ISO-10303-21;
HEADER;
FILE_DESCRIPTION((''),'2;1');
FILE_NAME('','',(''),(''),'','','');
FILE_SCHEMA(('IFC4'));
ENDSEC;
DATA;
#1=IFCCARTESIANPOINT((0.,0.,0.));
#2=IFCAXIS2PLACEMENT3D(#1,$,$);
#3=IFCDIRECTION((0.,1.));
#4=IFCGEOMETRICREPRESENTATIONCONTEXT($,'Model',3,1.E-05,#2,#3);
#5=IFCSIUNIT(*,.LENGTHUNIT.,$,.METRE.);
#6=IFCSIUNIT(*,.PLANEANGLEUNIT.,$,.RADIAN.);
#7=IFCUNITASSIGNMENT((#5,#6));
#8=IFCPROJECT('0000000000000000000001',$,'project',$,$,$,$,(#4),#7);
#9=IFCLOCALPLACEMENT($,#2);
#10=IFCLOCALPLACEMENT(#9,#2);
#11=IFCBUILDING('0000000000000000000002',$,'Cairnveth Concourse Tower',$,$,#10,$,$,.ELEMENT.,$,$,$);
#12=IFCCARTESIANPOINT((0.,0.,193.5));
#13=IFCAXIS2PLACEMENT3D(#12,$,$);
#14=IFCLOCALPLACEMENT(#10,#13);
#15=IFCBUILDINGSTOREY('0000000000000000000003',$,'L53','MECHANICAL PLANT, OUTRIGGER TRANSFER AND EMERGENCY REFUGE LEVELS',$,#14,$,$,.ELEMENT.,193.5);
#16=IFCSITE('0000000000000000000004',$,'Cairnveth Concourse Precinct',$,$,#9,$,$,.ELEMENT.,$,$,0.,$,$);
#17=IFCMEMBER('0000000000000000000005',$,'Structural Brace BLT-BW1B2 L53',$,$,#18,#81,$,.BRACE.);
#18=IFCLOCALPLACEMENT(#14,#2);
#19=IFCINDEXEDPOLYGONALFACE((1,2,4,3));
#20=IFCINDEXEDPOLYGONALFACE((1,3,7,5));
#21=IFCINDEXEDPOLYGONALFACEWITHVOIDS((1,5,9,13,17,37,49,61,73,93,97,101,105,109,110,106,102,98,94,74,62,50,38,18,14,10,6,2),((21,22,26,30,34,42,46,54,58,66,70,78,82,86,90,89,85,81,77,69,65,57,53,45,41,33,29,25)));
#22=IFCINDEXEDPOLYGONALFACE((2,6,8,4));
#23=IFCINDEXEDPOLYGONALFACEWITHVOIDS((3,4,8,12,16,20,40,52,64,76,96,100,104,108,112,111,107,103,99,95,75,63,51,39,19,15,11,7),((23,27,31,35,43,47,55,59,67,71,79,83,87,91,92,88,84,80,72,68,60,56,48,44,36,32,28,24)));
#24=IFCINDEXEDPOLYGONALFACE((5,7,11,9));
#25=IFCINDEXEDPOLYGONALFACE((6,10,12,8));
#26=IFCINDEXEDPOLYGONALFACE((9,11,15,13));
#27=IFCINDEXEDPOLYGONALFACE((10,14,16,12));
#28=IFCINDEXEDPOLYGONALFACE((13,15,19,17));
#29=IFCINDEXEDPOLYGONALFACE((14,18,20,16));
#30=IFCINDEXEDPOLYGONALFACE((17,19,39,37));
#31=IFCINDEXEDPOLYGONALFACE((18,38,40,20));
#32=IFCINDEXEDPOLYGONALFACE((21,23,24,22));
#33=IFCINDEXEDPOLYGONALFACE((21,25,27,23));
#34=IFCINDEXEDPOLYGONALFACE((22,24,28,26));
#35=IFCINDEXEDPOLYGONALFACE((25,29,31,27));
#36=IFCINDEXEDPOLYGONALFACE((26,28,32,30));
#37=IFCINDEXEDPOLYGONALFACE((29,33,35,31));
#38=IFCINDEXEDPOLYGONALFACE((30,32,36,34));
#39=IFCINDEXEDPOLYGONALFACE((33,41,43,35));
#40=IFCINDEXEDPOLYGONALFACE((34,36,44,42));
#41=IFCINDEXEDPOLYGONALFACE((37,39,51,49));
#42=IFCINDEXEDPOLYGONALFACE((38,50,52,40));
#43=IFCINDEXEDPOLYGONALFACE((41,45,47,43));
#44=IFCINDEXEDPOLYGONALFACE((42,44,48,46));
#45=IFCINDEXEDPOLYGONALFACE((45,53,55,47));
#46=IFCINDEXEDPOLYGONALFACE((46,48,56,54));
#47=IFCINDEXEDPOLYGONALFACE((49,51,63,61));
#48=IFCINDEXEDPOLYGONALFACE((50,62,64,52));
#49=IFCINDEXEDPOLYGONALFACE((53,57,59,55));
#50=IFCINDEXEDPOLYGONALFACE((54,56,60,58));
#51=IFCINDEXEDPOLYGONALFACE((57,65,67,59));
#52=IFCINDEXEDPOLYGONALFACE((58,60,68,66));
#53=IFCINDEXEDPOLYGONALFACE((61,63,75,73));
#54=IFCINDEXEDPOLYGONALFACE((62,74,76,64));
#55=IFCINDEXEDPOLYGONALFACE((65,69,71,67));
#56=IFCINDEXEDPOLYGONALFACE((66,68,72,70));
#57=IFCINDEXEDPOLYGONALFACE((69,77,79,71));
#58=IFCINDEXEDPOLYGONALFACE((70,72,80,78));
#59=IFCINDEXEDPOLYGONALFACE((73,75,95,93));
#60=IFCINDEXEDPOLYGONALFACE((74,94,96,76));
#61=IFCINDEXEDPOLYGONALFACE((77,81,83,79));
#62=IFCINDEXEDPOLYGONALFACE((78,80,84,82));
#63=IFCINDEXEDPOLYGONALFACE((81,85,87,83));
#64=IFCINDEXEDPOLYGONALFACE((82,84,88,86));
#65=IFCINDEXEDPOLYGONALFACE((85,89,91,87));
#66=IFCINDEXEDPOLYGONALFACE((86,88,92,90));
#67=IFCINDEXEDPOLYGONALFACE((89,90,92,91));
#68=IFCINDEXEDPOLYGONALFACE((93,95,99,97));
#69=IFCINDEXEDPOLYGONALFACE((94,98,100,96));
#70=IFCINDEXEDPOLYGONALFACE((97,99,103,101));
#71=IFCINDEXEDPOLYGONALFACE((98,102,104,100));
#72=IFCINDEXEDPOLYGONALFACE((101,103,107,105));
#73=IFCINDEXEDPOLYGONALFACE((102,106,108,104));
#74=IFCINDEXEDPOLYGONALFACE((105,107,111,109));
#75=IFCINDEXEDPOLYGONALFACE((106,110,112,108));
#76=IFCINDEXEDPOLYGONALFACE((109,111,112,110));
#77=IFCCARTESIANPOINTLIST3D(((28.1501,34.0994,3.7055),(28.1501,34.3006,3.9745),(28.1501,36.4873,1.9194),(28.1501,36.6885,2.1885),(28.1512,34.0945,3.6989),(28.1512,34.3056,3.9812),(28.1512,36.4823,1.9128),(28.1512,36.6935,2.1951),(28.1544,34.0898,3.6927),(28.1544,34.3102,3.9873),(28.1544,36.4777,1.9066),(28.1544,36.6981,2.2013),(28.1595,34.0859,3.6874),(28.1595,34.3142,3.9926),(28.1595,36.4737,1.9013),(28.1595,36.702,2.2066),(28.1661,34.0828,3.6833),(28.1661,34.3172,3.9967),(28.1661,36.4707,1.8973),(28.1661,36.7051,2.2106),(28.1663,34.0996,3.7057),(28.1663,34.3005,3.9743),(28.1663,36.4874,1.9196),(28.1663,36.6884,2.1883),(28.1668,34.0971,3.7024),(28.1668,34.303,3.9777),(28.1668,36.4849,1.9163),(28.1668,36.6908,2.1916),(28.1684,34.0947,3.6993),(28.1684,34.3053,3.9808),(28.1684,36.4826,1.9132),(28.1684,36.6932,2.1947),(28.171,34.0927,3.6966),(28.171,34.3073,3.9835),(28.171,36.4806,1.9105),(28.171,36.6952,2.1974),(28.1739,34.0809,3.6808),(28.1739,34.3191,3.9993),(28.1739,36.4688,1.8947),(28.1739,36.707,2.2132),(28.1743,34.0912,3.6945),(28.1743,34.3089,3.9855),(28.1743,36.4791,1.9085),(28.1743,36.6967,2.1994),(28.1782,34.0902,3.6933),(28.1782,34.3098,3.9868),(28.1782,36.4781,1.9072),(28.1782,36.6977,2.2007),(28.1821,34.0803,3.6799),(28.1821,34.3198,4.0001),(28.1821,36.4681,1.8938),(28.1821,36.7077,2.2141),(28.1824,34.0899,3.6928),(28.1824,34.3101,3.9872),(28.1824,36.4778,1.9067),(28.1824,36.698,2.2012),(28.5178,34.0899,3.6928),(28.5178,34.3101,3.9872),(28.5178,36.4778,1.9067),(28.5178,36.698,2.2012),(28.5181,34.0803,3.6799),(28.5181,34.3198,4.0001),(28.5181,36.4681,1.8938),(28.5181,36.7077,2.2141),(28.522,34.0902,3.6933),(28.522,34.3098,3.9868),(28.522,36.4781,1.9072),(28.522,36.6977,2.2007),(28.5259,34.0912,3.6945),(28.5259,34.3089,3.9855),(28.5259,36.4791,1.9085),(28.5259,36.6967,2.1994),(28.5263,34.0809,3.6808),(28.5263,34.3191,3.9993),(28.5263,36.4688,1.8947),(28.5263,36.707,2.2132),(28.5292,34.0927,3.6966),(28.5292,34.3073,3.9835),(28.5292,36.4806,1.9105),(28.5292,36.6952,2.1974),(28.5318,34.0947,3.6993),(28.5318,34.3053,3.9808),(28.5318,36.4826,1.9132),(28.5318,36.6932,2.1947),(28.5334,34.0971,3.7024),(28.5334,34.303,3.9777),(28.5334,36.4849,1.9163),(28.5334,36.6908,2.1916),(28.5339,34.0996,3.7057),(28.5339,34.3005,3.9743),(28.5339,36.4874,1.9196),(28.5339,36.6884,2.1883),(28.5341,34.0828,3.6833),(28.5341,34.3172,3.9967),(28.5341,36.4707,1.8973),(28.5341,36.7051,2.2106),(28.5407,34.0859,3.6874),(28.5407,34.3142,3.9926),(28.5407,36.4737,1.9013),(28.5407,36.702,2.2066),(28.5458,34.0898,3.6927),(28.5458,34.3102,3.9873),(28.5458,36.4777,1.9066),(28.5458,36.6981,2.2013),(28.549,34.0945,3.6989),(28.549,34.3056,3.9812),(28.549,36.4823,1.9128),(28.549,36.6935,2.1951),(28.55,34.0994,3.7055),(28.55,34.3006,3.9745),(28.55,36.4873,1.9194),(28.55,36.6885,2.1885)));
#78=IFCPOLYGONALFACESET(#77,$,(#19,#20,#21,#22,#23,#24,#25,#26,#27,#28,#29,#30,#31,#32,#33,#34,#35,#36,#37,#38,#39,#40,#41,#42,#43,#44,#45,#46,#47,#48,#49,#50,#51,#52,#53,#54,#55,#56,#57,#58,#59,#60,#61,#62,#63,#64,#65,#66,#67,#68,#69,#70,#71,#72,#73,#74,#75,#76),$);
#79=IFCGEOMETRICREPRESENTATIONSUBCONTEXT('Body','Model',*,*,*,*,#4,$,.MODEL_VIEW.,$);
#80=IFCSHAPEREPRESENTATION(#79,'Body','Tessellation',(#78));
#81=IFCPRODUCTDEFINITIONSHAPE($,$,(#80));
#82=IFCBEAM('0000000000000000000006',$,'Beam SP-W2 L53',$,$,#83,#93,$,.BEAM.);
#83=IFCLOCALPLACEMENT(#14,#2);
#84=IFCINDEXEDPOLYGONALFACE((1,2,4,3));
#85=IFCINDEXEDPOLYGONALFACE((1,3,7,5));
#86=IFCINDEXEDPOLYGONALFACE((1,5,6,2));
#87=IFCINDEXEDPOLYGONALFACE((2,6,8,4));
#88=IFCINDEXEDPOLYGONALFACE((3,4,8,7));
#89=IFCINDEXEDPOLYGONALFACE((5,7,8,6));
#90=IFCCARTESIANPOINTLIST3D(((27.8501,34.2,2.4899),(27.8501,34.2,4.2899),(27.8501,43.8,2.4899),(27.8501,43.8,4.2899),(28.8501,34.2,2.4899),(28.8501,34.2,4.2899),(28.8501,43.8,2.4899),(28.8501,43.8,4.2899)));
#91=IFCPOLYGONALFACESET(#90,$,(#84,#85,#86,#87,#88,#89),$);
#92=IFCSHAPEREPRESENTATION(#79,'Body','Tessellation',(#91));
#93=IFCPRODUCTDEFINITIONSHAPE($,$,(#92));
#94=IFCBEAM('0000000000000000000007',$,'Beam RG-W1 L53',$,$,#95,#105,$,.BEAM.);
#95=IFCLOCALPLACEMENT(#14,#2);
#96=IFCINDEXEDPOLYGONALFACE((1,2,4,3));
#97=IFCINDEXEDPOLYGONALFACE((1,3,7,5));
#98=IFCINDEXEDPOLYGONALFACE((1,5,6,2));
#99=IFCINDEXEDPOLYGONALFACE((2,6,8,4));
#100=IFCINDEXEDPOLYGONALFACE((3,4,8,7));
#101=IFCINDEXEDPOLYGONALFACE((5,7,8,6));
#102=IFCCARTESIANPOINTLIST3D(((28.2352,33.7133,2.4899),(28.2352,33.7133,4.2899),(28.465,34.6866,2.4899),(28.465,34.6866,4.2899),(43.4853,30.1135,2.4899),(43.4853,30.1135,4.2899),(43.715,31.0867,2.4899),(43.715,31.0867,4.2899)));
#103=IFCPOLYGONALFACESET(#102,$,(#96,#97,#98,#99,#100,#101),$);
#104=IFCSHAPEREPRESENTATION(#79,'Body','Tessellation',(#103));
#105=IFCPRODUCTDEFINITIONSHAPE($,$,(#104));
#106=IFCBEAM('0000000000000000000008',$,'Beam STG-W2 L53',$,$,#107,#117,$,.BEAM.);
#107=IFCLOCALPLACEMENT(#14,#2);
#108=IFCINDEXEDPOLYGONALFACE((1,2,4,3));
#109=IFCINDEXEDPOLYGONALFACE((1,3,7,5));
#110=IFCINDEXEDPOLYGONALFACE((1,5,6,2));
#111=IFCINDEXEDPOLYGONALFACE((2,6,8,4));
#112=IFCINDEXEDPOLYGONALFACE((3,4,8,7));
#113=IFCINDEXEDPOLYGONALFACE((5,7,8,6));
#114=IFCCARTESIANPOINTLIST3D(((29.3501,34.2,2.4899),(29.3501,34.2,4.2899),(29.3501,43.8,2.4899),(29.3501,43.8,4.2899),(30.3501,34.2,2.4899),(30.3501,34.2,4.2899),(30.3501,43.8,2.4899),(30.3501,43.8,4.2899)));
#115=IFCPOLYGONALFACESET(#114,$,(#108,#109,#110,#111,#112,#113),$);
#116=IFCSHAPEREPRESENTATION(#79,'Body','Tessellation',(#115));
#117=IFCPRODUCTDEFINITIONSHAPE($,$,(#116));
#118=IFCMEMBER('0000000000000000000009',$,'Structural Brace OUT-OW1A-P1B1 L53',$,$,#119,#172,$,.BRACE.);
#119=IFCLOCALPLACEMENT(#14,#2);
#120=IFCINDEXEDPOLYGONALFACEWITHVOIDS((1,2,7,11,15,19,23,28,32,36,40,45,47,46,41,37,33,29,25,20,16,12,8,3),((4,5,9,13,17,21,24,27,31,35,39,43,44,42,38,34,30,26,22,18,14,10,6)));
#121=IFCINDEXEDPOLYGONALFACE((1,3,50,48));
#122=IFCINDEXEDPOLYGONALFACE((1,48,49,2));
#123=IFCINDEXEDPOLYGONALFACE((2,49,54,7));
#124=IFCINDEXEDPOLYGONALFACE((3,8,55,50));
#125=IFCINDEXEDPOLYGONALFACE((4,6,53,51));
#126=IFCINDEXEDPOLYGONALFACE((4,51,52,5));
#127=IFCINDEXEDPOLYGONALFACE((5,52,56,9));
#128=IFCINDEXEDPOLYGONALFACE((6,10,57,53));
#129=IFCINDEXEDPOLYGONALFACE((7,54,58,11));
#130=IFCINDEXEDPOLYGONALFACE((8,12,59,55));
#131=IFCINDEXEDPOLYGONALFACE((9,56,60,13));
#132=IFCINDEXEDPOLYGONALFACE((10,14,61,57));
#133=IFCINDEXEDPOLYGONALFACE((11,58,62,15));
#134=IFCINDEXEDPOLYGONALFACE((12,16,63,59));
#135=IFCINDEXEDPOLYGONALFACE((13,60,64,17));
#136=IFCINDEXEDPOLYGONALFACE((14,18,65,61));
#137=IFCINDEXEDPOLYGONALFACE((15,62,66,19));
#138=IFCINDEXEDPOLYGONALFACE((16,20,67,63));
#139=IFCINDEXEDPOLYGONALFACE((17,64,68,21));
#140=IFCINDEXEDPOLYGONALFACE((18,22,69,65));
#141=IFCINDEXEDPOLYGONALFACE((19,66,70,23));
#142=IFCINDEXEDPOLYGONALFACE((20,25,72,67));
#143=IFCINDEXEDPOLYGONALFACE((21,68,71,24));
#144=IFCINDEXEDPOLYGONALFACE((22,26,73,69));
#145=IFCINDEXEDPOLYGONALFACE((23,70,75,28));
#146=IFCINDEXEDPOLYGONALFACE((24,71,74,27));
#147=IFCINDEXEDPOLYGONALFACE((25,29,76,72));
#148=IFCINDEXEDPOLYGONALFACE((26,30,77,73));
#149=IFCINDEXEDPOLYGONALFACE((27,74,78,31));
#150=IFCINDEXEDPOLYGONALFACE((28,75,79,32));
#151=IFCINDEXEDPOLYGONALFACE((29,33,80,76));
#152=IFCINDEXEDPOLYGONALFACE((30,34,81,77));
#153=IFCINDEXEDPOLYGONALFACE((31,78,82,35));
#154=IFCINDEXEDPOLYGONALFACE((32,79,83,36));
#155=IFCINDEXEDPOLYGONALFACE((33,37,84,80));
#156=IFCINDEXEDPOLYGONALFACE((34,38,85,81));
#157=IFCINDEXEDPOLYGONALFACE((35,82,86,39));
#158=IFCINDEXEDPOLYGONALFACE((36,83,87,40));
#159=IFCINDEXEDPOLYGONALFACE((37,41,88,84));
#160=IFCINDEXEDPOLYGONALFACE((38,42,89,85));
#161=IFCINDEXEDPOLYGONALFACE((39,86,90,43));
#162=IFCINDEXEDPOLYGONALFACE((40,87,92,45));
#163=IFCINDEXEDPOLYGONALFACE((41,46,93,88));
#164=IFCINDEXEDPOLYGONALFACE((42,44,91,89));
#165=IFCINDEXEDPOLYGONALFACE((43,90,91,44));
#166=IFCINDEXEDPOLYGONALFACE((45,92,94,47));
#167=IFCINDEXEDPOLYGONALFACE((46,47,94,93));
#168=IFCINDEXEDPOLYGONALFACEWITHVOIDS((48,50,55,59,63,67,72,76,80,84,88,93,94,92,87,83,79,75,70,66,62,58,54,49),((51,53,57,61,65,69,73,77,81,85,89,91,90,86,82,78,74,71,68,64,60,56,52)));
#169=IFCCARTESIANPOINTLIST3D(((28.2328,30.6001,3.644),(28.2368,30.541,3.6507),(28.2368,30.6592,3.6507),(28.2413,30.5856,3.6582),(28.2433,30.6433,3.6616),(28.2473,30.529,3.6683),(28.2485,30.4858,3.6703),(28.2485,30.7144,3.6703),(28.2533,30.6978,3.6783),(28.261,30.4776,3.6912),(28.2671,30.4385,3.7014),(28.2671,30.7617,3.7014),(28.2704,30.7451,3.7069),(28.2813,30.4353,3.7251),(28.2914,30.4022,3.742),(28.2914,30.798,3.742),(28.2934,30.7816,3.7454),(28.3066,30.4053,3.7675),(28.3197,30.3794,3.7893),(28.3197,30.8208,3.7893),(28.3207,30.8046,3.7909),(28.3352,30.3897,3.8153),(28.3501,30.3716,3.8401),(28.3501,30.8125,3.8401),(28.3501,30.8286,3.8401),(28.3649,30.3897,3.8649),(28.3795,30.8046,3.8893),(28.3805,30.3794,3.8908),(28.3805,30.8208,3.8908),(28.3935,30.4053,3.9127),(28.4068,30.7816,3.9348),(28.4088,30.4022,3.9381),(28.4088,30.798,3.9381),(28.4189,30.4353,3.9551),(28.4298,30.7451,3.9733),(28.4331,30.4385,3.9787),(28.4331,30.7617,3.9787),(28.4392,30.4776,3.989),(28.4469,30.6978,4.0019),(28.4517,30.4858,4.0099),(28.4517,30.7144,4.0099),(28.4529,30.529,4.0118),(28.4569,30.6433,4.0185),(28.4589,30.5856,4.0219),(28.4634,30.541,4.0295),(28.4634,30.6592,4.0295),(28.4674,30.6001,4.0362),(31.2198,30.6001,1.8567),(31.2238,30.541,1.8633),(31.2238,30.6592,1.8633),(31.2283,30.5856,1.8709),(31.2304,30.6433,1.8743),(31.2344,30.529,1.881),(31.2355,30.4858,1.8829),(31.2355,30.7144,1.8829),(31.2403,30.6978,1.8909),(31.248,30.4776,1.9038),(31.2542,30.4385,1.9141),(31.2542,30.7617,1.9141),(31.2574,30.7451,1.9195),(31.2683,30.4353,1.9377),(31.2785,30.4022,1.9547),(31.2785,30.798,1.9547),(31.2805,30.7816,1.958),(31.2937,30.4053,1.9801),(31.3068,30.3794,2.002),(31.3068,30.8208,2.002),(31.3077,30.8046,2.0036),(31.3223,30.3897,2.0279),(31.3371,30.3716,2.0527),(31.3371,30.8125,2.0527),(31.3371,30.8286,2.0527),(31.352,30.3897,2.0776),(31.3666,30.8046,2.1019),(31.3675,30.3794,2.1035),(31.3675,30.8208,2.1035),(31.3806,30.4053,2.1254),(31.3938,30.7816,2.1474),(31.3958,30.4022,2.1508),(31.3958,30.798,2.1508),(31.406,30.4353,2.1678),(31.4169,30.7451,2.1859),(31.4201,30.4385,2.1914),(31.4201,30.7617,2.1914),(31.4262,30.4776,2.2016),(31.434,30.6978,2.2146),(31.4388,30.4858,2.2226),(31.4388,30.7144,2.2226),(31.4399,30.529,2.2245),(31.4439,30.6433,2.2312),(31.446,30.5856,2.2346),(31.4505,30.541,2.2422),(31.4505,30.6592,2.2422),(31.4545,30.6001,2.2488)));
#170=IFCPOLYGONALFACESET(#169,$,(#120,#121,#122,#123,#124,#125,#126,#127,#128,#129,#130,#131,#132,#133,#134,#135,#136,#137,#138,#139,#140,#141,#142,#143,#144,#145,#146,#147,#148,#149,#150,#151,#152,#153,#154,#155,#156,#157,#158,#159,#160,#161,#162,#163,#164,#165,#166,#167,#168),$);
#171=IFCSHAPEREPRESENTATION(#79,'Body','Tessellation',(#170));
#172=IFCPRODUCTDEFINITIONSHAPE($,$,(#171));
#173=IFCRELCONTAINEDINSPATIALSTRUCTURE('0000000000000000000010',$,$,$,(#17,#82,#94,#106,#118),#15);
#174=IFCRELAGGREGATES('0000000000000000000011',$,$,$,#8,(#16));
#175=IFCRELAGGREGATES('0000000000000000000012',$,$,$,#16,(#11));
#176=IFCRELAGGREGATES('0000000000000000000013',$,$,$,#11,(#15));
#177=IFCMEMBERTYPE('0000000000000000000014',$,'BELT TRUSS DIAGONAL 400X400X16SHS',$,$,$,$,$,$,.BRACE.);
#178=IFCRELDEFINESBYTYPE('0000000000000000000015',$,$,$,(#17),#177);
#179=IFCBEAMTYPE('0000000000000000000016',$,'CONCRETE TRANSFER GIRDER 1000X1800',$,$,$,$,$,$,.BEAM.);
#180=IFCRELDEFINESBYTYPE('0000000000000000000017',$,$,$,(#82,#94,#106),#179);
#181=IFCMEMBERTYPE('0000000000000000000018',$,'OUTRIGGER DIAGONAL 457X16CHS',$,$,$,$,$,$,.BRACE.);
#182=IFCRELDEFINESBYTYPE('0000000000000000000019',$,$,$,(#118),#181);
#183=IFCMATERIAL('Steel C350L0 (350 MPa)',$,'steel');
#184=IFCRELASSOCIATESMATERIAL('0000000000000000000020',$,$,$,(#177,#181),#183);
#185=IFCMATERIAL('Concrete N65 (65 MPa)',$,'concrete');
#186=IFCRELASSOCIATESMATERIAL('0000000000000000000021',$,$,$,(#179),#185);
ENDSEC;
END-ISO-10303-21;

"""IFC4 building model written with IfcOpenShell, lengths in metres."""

from ifc_helpers import new_model, si_unit, direction, frame, origin, origin_2d, place, context, subcontext, project, spatial, rectangle, hollow_rectangle, hollow_circle, extrude, material, material_profile, profile_set, type_object, element, save


model = new_model("IFC4")

# Units and contexts
model_context = context("Model", 3, precision=1e-05, world=origin(), true_north=direction((0.0, 1.0)))
body_context = subcontext(model_context, "Body", "Model", "MODEL_VIEW")
ifc_project = project(units=[si_unit("LENGTHUNIT", "METRE"), si_unit("PLANEANGLEUNIT", "RADIAN")], contexts=[model_context])

# Site, building, storey
site_placement = place(None, origin())
site = spatial("IfcSite", under=ifc_project, at=site_placement, Name="Cairnveth Concourse Precinct", CompositionType="ELEMENT", RefElevation=0.0)
building_placement = place(site_placement, origin())
building = spatial("IfcBuilding", under=site, at=building_placement, Name="Cairnveth Concourse Tower", CompositionType="ELEMENT")
storey_placement = place(building_placement, frame((0.0, 0.0, 193.5)))
storey = spatial("IfcBuildingStorey", under=building, at=storey_placement, Name="L53", Description="MECHANICAL PLANT, OUTRIGGER TRANSFER AND EMERGENCY REFUGE LEVELS", CompositionType="ELEMENT", Elevation=193.5)

# Shared definitions
ifc_material_1 = material(Name="Concrete N65 (65 MPa)", Category="concrete")

# Member
ifc_material_2 = material(Name="Steel C350L0 (350 MPa)", Category="steel")
ifc_material_profile_1 = material_profile(ifc_material_2, hollow_rectangle(XDim=0.3999, YDim=0.3999, WallThickness=0.0161, InnerFilletRadius=0.0161, OuterFilletRadius=0.032, at=origin_2d()), Name="400x400x16.0SHS")
ifc_profile_set_1 = profile_set([ifc_material_profile_1], Name="Steel C350L0 (350 MPa)")
member_type_1 = type_object("IfcMemberType", Name="BELT TRUSS DIAGONAL 400X400X16SHS", PredefinedType="BRACE", material=ifc_profile_set_1)
member_1_placement = place(storey_placement, frame((28.3501, 36.5879, 2.054), z_axis=(0.0, -0.800775, 0.598965), x_axis=(1.0, 0.0, 0.0)))
element("IfcMember", 1, at=member_1_placement, inside=storey, type_object=member_type_1, Name="Structural Brace BLT-BW1B2 L53", PredefinedType="BRACE", context=body_context, shape_type="SweptSolid", body=[
    extrude(hollow_rectangle(XDim=0.3999, YDim=0.3999, WallThickness=0.0161, InnerFilletRadius=0.0161, OuterFilletRadius=0.032, at=origin_2d()), origin(), (0.0, 0.0, 1.0), 2.9819),
])

# Beams
ifc_material_profile_2 = material_profile(ifc_material_1, rectangle(XDim=1.0, YDim=1.8, at=origin_2d()), Name="RC-TB-1000x1800")
ifc_profile_set_2 = profile_set([ifc_material_profile_2], Name="Concrete N65 (65 MPa)")
beam_type_1 = type_object("IfcBeamType", Name="CONCRETE TRANSFER GIRDER 1000X1800", PredefinedType="BEAM", material=ifc_profile_set_2)
beam_1_placement = place(storey_placement, frame((28.3501, 34.2, 3.3899), z_axis=(0.0, 1.0, 0.0), x_axis=(-1.0, 0.0, 0.0)))
element("IfcBeam", 2, at=beam_1_placement, inside=storey, type_object=beam_type_1, Name="Beam SP-W2 L53", PredefinedType="BEAM", context=body_context, shape_type="SweptSolid", body=[
    extrude(rectangle(XDim=1.0, YDim=1.8, at=origin_2d()), origin(), (0.0, 0.0, 1.0), 9.6001),
])
beam_2_placement = place(storey_placement, frame((28.3501, 34.2, 3.3899), z_axis=(0.973252, -0.229742, 0.0), x_axis=(0.229742, 0.973252, 0.0)))
element("IfcBeam", 3, at=beam_2_placement, inside=storey, type_object=beam_type_1, Name="Beam RG-W1 L53", PredefinedType="BEAM", context=body_context, shape_type="SweptSolid", body=[
    extrude(rectangle(XDim=1.0, YDim=1.8, at=origin_2d()), origin(), (0.0, 0.0, 1.0), 15.6692),
])
beam_3_placement = place(storey_placement, frame((29.8501, 34.2, 3.3899), z_axis=(0.0, 1.0, 0.0), x_axis=(-1.0, 0.0, 0.0)))
element("IfcBeam", 4, at=beam_3_placement, inside=storey, type_object=beam_type_1, Name="Beam STG-W2 L53", PredefinedType="BEAM", context=body_context, shape_type="SweptSolid", body=[
    extrude(rectangle(XDim=1.0, YDim=1.8, at=origin_2d()), origin(), (0.0, 0.0, 1.0), 9.6001),
])

# Member
ifc_material_profile_3 = material_profile(ifc_material_2, hollow_circle(Radius=0.2285, WallThickness=0.0161, at=origin_2d()), Name="457.0x16.0CHS")
ifc_profile_set_3 = profile_set([ifc_material_profile_3], Name="Steel C350L0 (350 MPa)")
member_type_2 = type_object("IfcMemberType", Name="OUTRIGGER DIAGONAL 457X16CHS", PredefinedType="BRACE", material=ifc_profile_set_3)
member_2_placement = place(storey_placement, frame((28.3501, 30.6001, 3.8401), z_axis=(0.858111, 0.0, -0.513464), x_axis=(0.0, 1.0, 0.0)))
element("IfcMember", 5, at=member_2_placement, inside=storey, type_object=member_type_2, Name="Structural Brace OUT-OW1A-P1B1 L53", PredefinedType="BRACE", context=body_context, shape_type="SweptSolid", body=[
    extrude(hollow_circle(Radius=0.2285, WallThickness=0.0161, at=origin_2d()), origin(), (0.0, 0.0, 1.0), 3.481),
])

save(model, "model.ifc")
